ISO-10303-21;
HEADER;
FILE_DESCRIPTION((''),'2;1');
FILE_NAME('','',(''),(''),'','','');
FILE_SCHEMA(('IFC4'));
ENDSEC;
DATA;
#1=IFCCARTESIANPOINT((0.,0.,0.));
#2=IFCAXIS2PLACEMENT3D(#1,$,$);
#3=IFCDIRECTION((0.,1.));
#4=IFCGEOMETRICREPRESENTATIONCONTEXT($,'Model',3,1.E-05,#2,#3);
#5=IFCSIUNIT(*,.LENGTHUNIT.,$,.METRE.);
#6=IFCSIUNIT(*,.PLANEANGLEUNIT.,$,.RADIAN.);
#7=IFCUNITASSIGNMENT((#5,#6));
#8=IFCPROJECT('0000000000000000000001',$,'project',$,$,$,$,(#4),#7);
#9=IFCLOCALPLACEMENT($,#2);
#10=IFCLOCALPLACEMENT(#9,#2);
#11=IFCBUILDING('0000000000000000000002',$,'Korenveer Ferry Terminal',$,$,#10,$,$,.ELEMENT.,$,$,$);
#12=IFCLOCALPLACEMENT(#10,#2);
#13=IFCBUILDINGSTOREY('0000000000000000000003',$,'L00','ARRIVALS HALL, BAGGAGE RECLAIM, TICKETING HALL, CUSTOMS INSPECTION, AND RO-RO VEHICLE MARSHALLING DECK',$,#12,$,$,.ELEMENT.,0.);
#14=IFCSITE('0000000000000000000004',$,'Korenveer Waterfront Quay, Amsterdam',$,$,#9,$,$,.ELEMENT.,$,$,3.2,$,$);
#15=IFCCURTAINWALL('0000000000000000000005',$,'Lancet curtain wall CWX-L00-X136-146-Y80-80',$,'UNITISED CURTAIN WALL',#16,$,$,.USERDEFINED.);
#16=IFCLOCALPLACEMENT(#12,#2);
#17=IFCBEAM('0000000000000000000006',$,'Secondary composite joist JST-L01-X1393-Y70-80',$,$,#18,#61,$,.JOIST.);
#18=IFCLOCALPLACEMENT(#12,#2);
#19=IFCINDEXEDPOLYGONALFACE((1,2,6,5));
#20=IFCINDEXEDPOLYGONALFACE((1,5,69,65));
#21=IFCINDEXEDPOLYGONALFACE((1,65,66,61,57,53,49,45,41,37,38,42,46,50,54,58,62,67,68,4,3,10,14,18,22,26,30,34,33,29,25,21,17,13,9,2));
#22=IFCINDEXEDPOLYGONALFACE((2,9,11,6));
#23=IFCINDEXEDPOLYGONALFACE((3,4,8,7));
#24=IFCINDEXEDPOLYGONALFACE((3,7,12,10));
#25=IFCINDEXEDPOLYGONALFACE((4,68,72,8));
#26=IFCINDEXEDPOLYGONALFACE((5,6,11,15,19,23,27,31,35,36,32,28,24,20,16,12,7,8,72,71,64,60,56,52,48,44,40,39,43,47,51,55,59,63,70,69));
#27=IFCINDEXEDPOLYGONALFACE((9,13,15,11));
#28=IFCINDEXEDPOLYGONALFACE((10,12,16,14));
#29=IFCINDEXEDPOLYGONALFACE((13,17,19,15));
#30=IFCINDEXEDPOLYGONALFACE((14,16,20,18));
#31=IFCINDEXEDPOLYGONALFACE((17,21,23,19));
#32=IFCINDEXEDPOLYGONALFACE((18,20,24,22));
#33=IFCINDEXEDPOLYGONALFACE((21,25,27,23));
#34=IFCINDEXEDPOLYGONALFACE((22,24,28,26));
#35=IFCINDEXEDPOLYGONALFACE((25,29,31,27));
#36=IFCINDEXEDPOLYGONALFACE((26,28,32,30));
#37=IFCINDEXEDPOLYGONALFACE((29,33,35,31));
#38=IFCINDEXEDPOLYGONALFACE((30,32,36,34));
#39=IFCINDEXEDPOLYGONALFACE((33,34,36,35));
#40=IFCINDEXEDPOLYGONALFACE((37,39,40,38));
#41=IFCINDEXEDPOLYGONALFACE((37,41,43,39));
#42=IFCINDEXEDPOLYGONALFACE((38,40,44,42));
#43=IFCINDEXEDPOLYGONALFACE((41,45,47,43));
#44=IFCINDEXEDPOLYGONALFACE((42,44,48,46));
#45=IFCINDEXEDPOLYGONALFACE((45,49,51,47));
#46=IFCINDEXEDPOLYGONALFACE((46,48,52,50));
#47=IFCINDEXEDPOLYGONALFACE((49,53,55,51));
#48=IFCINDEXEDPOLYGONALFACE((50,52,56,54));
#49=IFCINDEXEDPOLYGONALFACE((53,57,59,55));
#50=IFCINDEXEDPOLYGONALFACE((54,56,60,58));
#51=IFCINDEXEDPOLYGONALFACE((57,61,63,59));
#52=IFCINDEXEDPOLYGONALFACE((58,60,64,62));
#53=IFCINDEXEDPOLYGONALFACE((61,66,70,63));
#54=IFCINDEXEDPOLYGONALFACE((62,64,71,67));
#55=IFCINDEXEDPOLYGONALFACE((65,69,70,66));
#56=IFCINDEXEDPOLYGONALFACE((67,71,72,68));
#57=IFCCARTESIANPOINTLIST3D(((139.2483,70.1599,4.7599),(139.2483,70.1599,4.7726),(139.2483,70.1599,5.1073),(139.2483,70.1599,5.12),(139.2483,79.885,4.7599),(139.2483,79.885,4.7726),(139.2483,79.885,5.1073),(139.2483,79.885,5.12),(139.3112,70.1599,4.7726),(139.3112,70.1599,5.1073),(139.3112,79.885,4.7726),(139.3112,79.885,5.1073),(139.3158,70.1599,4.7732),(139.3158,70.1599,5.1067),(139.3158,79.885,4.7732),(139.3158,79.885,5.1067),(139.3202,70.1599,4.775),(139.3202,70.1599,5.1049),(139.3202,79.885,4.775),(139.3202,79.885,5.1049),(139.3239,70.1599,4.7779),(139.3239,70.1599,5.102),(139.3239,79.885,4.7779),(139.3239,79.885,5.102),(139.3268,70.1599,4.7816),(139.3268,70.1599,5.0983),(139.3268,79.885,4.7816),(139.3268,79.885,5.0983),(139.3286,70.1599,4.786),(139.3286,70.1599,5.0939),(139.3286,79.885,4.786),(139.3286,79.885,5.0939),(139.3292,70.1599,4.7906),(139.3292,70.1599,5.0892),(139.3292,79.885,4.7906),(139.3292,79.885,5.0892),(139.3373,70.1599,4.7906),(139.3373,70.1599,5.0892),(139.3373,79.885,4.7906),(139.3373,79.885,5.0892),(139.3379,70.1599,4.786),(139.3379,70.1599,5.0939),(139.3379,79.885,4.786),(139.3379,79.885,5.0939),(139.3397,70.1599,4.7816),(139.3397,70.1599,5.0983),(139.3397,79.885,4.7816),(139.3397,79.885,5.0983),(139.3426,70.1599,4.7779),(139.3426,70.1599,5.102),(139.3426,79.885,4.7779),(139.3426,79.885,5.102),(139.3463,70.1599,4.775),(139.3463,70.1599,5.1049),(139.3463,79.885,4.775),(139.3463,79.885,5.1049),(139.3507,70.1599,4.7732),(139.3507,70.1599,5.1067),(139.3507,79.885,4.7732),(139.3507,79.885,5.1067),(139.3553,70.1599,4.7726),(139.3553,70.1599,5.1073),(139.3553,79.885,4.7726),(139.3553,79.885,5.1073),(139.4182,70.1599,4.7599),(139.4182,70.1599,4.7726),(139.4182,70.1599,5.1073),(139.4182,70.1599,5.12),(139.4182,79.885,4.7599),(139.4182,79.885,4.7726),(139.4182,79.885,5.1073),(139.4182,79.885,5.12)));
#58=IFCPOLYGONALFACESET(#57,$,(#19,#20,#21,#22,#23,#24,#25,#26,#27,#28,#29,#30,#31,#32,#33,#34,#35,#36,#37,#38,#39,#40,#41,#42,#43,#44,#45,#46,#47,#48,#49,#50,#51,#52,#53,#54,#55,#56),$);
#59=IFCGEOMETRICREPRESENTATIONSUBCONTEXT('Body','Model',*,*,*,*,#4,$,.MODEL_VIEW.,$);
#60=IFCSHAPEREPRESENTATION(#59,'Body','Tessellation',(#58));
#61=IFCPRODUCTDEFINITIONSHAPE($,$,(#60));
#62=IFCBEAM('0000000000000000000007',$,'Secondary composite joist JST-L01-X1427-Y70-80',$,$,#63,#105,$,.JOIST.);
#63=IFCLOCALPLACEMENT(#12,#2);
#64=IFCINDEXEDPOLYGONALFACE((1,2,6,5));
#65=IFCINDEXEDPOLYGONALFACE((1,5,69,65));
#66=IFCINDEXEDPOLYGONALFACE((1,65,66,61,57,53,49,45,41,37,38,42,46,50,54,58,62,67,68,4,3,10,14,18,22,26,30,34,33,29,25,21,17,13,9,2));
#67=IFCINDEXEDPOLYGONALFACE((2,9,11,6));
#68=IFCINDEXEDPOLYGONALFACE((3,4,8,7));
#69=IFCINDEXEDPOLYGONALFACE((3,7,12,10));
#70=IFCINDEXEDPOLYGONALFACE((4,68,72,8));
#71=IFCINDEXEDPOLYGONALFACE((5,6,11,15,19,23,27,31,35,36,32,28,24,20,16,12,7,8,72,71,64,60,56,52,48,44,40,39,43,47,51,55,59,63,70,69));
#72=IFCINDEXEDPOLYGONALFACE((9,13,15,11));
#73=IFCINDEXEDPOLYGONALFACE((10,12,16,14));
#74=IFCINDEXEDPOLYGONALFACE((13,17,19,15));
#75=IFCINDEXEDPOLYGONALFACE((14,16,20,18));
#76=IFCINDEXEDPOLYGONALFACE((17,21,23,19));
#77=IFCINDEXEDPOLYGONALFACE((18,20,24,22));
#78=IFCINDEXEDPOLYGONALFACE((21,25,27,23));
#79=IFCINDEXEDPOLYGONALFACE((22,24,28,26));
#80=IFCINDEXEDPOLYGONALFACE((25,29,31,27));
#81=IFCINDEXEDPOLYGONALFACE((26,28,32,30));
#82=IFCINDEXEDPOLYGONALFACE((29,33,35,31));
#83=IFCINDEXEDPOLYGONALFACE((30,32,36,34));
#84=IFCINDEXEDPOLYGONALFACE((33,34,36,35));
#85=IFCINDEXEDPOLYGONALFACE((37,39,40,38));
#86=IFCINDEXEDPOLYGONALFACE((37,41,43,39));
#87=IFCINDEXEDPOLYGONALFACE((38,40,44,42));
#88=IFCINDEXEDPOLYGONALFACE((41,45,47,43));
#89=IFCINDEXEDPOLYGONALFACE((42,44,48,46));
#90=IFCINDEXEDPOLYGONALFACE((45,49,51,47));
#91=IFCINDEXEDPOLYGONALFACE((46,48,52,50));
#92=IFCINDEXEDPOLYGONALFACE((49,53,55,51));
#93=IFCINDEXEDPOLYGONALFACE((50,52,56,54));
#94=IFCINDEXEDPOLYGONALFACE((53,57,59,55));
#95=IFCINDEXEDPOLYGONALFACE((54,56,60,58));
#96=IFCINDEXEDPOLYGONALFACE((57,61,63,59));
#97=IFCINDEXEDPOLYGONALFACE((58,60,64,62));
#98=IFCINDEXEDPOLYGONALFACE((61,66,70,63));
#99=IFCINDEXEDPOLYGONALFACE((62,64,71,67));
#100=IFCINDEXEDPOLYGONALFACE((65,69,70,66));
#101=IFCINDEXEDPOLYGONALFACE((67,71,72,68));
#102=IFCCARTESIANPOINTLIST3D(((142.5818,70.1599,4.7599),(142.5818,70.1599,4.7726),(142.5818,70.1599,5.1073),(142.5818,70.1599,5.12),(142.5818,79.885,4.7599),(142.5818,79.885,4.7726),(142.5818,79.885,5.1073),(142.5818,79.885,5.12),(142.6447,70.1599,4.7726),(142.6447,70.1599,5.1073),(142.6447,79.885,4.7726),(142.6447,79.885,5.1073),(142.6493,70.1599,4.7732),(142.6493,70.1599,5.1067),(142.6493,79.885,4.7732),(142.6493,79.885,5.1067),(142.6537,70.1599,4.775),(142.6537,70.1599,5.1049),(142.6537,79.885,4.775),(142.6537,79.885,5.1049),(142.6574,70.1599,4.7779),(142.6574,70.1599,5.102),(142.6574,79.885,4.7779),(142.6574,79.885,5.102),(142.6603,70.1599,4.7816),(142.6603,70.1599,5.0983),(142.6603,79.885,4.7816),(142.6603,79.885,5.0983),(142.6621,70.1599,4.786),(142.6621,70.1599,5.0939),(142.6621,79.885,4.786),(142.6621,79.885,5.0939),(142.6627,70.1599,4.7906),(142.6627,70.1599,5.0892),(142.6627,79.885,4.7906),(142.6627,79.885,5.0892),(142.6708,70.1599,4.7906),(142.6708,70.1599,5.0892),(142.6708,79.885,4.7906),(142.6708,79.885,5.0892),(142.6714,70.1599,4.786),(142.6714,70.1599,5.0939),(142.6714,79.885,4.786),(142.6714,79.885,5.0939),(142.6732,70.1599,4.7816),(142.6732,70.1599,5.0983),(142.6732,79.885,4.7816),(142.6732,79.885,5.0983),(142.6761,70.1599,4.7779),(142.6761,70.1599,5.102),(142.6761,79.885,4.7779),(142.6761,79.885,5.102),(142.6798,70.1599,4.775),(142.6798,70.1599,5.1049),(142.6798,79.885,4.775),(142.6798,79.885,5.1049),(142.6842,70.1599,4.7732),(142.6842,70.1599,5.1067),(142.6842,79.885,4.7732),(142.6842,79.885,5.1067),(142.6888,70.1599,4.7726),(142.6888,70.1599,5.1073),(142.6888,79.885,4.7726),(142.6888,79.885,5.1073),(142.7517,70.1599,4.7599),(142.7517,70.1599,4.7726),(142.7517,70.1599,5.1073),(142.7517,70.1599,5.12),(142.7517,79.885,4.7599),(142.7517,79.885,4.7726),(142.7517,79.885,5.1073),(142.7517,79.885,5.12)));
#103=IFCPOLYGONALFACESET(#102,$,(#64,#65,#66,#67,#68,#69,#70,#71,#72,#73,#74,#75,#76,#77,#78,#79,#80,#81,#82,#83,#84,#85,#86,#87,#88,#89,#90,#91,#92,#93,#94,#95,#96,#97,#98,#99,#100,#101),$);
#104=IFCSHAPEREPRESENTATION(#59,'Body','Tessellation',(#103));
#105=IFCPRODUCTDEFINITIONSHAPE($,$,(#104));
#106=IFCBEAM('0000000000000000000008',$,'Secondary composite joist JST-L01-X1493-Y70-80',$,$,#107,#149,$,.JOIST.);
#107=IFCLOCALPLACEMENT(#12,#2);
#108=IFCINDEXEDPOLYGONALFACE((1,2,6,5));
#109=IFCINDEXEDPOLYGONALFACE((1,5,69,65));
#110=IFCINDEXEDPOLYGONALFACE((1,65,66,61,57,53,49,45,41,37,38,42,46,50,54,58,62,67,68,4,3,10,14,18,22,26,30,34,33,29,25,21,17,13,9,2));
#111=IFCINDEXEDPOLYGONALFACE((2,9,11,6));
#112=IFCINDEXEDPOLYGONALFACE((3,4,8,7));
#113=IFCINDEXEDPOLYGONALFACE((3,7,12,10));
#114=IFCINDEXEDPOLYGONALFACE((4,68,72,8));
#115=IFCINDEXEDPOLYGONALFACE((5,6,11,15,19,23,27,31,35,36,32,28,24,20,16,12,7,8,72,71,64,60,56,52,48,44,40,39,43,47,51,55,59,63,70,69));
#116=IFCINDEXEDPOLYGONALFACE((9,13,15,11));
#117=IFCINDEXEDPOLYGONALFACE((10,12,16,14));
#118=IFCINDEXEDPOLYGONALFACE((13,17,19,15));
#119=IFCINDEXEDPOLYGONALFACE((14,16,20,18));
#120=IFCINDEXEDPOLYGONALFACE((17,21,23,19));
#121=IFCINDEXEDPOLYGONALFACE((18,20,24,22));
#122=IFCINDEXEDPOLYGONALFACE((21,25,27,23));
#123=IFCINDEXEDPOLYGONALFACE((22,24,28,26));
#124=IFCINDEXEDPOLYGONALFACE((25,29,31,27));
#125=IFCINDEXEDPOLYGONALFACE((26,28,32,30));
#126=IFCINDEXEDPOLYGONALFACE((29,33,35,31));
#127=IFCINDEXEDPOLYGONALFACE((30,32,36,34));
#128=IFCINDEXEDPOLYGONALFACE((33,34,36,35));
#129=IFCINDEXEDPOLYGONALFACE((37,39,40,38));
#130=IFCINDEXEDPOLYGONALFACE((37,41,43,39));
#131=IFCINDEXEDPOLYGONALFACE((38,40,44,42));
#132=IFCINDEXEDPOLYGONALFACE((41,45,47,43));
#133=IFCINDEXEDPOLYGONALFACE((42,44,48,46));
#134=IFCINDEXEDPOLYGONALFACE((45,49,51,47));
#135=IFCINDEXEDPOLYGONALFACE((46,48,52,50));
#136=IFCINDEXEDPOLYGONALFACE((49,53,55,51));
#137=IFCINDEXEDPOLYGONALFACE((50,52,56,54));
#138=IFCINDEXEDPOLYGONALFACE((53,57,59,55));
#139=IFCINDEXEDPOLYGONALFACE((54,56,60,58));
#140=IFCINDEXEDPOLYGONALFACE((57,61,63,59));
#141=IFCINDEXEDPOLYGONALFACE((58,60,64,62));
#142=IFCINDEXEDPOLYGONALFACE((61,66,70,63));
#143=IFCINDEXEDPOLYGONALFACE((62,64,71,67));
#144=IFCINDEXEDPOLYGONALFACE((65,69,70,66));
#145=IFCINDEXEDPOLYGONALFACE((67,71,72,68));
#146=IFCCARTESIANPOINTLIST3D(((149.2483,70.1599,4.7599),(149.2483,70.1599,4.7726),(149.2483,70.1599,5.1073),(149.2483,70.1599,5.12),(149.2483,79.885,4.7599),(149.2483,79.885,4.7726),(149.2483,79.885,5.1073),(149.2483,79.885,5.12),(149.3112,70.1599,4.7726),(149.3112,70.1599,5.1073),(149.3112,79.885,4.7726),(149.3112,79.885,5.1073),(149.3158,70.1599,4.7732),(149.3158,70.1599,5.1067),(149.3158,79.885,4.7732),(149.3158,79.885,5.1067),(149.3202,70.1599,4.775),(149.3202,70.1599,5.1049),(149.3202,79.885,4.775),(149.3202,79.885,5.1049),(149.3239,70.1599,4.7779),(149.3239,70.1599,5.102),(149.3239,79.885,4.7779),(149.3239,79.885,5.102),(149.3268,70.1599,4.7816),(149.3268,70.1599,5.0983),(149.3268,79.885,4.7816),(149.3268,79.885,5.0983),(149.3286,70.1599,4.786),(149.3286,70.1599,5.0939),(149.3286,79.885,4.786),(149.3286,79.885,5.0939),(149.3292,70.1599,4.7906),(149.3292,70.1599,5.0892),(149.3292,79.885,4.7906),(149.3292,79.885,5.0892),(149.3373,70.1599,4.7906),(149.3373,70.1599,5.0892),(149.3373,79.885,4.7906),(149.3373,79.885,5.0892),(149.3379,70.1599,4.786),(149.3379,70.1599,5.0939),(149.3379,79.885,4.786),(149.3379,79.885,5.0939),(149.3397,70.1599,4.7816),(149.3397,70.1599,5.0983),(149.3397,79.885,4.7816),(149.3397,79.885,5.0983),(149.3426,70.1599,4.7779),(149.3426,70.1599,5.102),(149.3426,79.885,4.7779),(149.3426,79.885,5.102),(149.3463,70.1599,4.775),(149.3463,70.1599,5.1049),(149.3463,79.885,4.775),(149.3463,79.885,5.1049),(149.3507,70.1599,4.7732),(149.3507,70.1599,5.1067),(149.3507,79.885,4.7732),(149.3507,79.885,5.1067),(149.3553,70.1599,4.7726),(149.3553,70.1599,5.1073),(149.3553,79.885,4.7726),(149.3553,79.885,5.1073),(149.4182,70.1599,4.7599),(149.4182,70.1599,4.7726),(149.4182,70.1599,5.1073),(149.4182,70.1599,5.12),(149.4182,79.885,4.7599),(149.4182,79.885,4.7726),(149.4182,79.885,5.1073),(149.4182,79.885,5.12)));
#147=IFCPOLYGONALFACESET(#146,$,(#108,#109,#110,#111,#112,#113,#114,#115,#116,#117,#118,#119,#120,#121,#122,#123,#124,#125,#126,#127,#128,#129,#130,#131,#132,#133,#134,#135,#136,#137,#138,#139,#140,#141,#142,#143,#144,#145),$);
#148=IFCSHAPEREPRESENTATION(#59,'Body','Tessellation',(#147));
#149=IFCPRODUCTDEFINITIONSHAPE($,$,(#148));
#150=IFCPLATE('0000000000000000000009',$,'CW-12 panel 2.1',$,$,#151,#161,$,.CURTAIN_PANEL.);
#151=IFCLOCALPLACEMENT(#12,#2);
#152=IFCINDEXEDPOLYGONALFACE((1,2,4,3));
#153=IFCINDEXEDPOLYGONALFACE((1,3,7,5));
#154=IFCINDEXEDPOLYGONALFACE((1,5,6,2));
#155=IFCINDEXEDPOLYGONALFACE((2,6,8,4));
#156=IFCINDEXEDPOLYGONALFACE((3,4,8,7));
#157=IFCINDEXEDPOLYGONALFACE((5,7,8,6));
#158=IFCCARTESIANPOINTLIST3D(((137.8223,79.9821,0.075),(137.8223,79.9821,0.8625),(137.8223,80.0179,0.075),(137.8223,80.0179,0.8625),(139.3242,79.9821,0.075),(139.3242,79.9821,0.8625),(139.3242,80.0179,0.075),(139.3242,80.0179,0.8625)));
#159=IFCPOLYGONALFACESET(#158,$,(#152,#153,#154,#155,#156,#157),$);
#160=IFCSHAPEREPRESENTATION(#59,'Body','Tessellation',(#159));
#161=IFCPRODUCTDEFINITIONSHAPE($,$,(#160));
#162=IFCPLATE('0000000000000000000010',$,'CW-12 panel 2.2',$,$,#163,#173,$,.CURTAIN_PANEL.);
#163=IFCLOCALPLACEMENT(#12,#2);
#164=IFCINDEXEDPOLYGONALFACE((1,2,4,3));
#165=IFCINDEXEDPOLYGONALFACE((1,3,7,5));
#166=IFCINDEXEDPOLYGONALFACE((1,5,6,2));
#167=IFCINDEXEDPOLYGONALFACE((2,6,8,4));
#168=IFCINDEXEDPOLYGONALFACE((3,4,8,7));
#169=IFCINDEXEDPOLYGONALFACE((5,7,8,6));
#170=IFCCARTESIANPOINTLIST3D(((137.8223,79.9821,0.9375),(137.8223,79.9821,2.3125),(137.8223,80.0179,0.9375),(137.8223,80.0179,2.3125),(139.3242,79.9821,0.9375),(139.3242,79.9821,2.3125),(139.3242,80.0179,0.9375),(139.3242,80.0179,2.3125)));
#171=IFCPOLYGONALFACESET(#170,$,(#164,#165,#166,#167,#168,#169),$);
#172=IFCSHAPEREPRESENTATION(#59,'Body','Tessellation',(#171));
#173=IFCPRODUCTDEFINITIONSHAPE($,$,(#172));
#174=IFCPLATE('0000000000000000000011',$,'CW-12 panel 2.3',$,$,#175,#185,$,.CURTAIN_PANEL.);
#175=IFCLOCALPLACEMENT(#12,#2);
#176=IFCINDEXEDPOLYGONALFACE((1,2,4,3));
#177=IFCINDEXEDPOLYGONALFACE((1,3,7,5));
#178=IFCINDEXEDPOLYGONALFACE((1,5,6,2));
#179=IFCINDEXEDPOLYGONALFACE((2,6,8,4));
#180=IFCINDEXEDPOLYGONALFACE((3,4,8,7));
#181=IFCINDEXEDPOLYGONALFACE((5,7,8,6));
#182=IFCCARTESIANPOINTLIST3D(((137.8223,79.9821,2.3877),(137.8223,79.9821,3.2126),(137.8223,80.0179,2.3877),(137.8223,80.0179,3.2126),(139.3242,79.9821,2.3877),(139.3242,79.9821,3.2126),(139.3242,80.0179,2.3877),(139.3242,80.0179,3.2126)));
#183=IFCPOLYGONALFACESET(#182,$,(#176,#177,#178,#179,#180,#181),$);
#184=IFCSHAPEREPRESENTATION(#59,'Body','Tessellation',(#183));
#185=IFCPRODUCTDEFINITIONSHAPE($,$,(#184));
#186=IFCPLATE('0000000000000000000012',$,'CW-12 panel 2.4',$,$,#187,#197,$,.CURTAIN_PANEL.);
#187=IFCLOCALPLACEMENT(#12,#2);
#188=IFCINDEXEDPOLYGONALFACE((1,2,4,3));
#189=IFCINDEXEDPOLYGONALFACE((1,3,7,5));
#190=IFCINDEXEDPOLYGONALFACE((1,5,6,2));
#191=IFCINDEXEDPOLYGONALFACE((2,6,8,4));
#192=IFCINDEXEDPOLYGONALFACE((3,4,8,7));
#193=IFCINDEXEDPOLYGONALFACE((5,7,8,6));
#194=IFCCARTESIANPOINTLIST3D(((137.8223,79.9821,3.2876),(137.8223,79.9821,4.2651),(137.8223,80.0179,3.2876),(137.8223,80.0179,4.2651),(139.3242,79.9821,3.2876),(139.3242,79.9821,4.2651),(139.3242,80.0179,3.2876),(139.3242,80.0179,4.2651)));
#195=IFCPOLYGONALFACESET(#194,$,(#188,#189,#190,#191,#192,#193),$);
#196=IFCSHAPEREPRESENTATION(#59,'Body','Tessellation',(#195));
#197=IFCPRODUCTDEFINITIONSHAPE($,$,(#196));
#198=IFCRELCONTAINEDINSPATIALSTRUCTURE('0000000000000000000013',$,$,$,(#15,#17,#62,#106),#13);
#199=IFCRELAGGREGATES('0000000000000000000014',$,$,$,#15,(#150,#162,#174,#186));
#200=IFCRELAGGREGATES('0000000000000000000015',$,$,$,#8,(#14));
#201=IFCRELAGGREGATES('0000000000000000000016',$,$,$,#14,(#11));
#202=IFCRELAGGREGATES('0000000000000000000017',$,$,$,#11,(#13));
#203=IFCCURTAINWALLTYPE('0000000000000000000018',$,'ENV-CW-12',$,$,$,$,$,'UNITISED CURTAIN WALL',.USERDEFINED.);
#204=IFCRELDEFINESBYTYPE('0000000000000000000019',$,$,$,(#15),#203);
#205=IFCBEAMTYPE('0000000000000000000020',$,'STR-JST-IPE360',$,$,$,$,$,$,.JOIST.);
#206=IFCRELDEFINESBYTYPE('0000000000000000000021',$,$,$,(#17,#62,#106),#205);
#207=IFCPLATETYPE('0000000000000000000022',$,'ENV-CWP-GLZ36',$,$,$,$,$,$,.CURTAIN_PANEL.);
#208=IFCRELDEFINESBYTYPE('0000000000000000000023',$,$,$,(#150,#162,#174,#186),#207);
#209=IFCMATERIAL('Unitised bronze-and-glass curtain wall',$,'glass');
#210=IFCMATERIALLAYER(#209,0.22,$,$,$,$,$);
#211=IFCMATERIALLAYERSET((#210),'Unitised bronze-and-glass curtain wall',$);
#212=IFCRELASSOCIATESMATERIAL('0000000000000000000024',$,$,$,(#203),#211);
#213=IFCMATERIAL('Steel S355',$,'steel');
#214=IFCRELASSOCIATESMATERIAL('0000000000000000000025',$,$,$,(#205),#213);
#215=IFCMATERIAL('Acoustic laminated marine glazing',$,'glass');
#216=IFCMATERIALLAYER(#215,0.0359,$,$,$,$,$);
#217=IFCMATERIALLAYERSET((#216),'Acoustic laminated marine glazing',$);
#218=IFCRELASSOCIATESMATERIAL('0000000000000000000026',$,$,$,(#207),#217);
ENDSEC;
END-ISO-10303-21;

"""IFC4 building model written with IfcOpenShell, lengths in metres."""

from ifc_helpers import new_model, si_unit, direction, frame, origin, origin_2d, place, context, subcontext, project, spatial, rectangle, i_section, extrude, material, layer, layer_set, material_profile, profile_set, type_object, element, aggregate, save


model = new_model("IFC4")

# Units and contexts
model_context = context("Model", 3, precision=1e-05, world=origin(), true_north=direction((0.0, 1.0)))
body_context = subcontext(model_context, "Body", "Model", "MODEL_VIEW")
ifc_project = project(units=[si_unit("LENGTHUNIT", "METRE"), si_unit("PLANEANGLEUNIT", "RADIAN")], contexts=[model_context])

# Site, building, storey
site_placement = place(None, origin())
site = spatial("IfcSite", under=ifc_project, at=site_placement, Name="Korenveer Waterfront Quay, Amsterdam", CompositionType="ELEMENT", RefElevation=3.2)
building_placement = place(site_placement, origin())
building = spatial("IfcBuilding", under=site, at=building_placement, Name="Korenveer Ferry Terminal", CompositionType="ELEMENT")
storey_placement = place(building_placement, origin())
storey = spatial("IfcBuildingStorey", under=building, at=storey_placement, Name="L00", Description="ARRIVALS HALL, BAGGAGE RECLAIM, TICKETING HALL, CUSTOMS INSPECTION, AND RO-RO VEHICLE MARSHALLING DECK", CompositionType="ELEMENT", Elevation=0.0)

# Curtain wall
ifc_material_1 = material(Name="Unitised bronze-and-glass curtain wall", Category="glass")
ifc_layer_1 = layer(ifc_material_1, 0.22)
ifc_layer_set_1 = layer_set([ifc_layer_1], Name="Unitised bronze-and-glass curtain wall")
curtain_wall_type = type_object("IfcCurtainWallType", Name="ENV-CW-12", ElementType="UNITISED CURTAIN WALL", PredefinedType="USERDEFINED", material=ifc_layer_set_1)
curtain_wall_placement = place(storey_placement, frame((136.2078, 80.0, 0.0)))
curtain_wall = element("IfcCurtainWall", 1, at=curtain_wall_placement, inside=storey, type_object=curtain_wall_type, Name="Lancet curtain wall CWX-L00-X136-146-Y80-80", ObjectType="UNITISED CURTAIN WALL", PredefinedType="USERDEFINED")

# Beams
ifc_material_2 = material(Name="Steel S355", Category="steel")
ifc_material_profile_1 = material_profile(ifc_material_2, i_section(OverallWidth=0.1699, OverallDepth=0.3601, WebThickness=0.0081, FlangeThickness=0.0127, FilletRadius=0.0181, at=origin_2d()), Name="IPE 360")
ifc_profile_set_1 = profile_set([ifc_material_profile_1], Name="Steel S355")
beam_type_1 = type_object("IfcBeamType", Name="STR-JST-IPE360", PredefinedType="JOIST", material=ifc_profile_set_1)
for number, where, z_axis, x_axis, name in (
    (2, (139.3333, 70.1599, 4.9399), (0.0, 1.0, 0.0), (-1.0, 0.0, 0.0), "Secondary composite joist JST-L01-X1393-Y70-80"),
    (3, (142.6667, 70.1599, 4.9399), (0.0, 1.0, 0.0), (-1.0, 0.0, 0.0), "Secondary composite joist JST-L01-X1427-Y70-80"),
    (4, (149.3333, 70.1599, 4.9399), (0.0, 1.0, 0.0), (-1.0, 0.0, 0.0), "Secondary composite joist JST-L01-X1493-Y70-80"),
):
    element("IfcBeam", number, at=place(storey_placement, frame(where, z_axis=z_axis, x_axis=x_axis)), inside=storey, type_object=beam_type_1, Name=name, PredefinedType="JOIST", context=body_context, shape_type="SweptSolid", body=[
        extrude(i_section(OverallWidth=0.1699, OverallDepth=0.3601, WebThickness=0.0081, FlangeThickness=0.0127, FilletRadius=0.0181, at=origin_2d()), origin(), (0.0, 0.0, 1.0), 9.7251),
    ])

# Plates
ifc_material_3 = material(Name="Acoustic laminated marine glazing", Category="glass")
ifc_layer_2 = layer(ifc_material_3, 0.0359)
ifc_layer_set_2 = layer_set([ifc_layer_2], Name="Acoustic laminated marine glazing")
plate_type = type_object("IfcPlateType", Name="ENV-CWP-GLZ36", PredefinedType="CURTAIN_PANEL", material=ifc_layer_set_2)
plate_1_placement = place(storey_placement, frame((138.5732, 80.0, 0.075), z_axis=(0.0, 0.0, 1.0), x_axis=(1.0, 0.0, 0.0)))
plate_1 = element("IfcPlate", 5, at=plate_1_placement, type_object=plate_type, Name="CW-12 panel 2.1", PredefinedType="CURTAIN_PANEL", context=body_context, shape_type="SweptSolid", body=[
    extrude(rectangle(XDim=1.502, YDim=0.0359, at=origin_2d()), origin(), (0.0, 0.0, 1.0), 0.7876),
])
plate_2_placement = place(storey_placement, frame((138.5732, 80.0, 0.9375), z_axis=(0.0, 0.0, 1.0), x_axis=(1.0, 0.0, 0.0)))
plate_2 = element("IfcPlate", 6, at=plate_2_placement, type_object=plate_type, Name="CW-12 panel 2.2", PredefinedType="CURTAIN_PANEL", context=body_context, shape_type="SweptSolid", body=[
    extrude(rectangle(XDim=1.502, YDim=0.0359, at=origin_2d()), origin(), (0.0, 0.0, 1.0), 1.375),
])
plate_3_placement = place(storey_placement, frame((138.5732, 80.0, 2.3877), z_axis=(0.0, 0.0, 1.0), x_axis=(1.0, 0.0, 0.0)))
plate_3 = element("IfcPlate", 7, at=plate_3_placement, type_object=plate_type, Name="CW-12 panel 2.3", PredefinedType="CURTAIN_PANEL", context=body_context, shape_type="SweptSolid", body=[
    extrude(rectangle(XDim=1.502, YDim=0.0359, at=origin_2d()), origin(), (0.0, 0.0, 1.0), 0.825),
])
plate_4_placement = place(storey_placement, frame((138.5732, 80.0, 3.2876), z_axis=(0.0, 0.0, 1.0), x_axis=(1.0, 0.0, 0.0)))
plate_4 = element("IfcPlate", 8, at=plate_4_placement, type_object=plate_type, Name="CW-12 panel 2.4", PredefinedType="CURTAIN_PANEL", context=body_context, shape_type="SweptSolid", body=[
    extrude(rectangle(XDim=1.502, YDim=0.0359, at=origin_2d()), origin(), (0.0, 0.0, 1.0), 0.9775),
])
aggregate(curtain_wall, [plate_1, plate_2, plate_3, plate_4])

save(model, "model.ifc")
